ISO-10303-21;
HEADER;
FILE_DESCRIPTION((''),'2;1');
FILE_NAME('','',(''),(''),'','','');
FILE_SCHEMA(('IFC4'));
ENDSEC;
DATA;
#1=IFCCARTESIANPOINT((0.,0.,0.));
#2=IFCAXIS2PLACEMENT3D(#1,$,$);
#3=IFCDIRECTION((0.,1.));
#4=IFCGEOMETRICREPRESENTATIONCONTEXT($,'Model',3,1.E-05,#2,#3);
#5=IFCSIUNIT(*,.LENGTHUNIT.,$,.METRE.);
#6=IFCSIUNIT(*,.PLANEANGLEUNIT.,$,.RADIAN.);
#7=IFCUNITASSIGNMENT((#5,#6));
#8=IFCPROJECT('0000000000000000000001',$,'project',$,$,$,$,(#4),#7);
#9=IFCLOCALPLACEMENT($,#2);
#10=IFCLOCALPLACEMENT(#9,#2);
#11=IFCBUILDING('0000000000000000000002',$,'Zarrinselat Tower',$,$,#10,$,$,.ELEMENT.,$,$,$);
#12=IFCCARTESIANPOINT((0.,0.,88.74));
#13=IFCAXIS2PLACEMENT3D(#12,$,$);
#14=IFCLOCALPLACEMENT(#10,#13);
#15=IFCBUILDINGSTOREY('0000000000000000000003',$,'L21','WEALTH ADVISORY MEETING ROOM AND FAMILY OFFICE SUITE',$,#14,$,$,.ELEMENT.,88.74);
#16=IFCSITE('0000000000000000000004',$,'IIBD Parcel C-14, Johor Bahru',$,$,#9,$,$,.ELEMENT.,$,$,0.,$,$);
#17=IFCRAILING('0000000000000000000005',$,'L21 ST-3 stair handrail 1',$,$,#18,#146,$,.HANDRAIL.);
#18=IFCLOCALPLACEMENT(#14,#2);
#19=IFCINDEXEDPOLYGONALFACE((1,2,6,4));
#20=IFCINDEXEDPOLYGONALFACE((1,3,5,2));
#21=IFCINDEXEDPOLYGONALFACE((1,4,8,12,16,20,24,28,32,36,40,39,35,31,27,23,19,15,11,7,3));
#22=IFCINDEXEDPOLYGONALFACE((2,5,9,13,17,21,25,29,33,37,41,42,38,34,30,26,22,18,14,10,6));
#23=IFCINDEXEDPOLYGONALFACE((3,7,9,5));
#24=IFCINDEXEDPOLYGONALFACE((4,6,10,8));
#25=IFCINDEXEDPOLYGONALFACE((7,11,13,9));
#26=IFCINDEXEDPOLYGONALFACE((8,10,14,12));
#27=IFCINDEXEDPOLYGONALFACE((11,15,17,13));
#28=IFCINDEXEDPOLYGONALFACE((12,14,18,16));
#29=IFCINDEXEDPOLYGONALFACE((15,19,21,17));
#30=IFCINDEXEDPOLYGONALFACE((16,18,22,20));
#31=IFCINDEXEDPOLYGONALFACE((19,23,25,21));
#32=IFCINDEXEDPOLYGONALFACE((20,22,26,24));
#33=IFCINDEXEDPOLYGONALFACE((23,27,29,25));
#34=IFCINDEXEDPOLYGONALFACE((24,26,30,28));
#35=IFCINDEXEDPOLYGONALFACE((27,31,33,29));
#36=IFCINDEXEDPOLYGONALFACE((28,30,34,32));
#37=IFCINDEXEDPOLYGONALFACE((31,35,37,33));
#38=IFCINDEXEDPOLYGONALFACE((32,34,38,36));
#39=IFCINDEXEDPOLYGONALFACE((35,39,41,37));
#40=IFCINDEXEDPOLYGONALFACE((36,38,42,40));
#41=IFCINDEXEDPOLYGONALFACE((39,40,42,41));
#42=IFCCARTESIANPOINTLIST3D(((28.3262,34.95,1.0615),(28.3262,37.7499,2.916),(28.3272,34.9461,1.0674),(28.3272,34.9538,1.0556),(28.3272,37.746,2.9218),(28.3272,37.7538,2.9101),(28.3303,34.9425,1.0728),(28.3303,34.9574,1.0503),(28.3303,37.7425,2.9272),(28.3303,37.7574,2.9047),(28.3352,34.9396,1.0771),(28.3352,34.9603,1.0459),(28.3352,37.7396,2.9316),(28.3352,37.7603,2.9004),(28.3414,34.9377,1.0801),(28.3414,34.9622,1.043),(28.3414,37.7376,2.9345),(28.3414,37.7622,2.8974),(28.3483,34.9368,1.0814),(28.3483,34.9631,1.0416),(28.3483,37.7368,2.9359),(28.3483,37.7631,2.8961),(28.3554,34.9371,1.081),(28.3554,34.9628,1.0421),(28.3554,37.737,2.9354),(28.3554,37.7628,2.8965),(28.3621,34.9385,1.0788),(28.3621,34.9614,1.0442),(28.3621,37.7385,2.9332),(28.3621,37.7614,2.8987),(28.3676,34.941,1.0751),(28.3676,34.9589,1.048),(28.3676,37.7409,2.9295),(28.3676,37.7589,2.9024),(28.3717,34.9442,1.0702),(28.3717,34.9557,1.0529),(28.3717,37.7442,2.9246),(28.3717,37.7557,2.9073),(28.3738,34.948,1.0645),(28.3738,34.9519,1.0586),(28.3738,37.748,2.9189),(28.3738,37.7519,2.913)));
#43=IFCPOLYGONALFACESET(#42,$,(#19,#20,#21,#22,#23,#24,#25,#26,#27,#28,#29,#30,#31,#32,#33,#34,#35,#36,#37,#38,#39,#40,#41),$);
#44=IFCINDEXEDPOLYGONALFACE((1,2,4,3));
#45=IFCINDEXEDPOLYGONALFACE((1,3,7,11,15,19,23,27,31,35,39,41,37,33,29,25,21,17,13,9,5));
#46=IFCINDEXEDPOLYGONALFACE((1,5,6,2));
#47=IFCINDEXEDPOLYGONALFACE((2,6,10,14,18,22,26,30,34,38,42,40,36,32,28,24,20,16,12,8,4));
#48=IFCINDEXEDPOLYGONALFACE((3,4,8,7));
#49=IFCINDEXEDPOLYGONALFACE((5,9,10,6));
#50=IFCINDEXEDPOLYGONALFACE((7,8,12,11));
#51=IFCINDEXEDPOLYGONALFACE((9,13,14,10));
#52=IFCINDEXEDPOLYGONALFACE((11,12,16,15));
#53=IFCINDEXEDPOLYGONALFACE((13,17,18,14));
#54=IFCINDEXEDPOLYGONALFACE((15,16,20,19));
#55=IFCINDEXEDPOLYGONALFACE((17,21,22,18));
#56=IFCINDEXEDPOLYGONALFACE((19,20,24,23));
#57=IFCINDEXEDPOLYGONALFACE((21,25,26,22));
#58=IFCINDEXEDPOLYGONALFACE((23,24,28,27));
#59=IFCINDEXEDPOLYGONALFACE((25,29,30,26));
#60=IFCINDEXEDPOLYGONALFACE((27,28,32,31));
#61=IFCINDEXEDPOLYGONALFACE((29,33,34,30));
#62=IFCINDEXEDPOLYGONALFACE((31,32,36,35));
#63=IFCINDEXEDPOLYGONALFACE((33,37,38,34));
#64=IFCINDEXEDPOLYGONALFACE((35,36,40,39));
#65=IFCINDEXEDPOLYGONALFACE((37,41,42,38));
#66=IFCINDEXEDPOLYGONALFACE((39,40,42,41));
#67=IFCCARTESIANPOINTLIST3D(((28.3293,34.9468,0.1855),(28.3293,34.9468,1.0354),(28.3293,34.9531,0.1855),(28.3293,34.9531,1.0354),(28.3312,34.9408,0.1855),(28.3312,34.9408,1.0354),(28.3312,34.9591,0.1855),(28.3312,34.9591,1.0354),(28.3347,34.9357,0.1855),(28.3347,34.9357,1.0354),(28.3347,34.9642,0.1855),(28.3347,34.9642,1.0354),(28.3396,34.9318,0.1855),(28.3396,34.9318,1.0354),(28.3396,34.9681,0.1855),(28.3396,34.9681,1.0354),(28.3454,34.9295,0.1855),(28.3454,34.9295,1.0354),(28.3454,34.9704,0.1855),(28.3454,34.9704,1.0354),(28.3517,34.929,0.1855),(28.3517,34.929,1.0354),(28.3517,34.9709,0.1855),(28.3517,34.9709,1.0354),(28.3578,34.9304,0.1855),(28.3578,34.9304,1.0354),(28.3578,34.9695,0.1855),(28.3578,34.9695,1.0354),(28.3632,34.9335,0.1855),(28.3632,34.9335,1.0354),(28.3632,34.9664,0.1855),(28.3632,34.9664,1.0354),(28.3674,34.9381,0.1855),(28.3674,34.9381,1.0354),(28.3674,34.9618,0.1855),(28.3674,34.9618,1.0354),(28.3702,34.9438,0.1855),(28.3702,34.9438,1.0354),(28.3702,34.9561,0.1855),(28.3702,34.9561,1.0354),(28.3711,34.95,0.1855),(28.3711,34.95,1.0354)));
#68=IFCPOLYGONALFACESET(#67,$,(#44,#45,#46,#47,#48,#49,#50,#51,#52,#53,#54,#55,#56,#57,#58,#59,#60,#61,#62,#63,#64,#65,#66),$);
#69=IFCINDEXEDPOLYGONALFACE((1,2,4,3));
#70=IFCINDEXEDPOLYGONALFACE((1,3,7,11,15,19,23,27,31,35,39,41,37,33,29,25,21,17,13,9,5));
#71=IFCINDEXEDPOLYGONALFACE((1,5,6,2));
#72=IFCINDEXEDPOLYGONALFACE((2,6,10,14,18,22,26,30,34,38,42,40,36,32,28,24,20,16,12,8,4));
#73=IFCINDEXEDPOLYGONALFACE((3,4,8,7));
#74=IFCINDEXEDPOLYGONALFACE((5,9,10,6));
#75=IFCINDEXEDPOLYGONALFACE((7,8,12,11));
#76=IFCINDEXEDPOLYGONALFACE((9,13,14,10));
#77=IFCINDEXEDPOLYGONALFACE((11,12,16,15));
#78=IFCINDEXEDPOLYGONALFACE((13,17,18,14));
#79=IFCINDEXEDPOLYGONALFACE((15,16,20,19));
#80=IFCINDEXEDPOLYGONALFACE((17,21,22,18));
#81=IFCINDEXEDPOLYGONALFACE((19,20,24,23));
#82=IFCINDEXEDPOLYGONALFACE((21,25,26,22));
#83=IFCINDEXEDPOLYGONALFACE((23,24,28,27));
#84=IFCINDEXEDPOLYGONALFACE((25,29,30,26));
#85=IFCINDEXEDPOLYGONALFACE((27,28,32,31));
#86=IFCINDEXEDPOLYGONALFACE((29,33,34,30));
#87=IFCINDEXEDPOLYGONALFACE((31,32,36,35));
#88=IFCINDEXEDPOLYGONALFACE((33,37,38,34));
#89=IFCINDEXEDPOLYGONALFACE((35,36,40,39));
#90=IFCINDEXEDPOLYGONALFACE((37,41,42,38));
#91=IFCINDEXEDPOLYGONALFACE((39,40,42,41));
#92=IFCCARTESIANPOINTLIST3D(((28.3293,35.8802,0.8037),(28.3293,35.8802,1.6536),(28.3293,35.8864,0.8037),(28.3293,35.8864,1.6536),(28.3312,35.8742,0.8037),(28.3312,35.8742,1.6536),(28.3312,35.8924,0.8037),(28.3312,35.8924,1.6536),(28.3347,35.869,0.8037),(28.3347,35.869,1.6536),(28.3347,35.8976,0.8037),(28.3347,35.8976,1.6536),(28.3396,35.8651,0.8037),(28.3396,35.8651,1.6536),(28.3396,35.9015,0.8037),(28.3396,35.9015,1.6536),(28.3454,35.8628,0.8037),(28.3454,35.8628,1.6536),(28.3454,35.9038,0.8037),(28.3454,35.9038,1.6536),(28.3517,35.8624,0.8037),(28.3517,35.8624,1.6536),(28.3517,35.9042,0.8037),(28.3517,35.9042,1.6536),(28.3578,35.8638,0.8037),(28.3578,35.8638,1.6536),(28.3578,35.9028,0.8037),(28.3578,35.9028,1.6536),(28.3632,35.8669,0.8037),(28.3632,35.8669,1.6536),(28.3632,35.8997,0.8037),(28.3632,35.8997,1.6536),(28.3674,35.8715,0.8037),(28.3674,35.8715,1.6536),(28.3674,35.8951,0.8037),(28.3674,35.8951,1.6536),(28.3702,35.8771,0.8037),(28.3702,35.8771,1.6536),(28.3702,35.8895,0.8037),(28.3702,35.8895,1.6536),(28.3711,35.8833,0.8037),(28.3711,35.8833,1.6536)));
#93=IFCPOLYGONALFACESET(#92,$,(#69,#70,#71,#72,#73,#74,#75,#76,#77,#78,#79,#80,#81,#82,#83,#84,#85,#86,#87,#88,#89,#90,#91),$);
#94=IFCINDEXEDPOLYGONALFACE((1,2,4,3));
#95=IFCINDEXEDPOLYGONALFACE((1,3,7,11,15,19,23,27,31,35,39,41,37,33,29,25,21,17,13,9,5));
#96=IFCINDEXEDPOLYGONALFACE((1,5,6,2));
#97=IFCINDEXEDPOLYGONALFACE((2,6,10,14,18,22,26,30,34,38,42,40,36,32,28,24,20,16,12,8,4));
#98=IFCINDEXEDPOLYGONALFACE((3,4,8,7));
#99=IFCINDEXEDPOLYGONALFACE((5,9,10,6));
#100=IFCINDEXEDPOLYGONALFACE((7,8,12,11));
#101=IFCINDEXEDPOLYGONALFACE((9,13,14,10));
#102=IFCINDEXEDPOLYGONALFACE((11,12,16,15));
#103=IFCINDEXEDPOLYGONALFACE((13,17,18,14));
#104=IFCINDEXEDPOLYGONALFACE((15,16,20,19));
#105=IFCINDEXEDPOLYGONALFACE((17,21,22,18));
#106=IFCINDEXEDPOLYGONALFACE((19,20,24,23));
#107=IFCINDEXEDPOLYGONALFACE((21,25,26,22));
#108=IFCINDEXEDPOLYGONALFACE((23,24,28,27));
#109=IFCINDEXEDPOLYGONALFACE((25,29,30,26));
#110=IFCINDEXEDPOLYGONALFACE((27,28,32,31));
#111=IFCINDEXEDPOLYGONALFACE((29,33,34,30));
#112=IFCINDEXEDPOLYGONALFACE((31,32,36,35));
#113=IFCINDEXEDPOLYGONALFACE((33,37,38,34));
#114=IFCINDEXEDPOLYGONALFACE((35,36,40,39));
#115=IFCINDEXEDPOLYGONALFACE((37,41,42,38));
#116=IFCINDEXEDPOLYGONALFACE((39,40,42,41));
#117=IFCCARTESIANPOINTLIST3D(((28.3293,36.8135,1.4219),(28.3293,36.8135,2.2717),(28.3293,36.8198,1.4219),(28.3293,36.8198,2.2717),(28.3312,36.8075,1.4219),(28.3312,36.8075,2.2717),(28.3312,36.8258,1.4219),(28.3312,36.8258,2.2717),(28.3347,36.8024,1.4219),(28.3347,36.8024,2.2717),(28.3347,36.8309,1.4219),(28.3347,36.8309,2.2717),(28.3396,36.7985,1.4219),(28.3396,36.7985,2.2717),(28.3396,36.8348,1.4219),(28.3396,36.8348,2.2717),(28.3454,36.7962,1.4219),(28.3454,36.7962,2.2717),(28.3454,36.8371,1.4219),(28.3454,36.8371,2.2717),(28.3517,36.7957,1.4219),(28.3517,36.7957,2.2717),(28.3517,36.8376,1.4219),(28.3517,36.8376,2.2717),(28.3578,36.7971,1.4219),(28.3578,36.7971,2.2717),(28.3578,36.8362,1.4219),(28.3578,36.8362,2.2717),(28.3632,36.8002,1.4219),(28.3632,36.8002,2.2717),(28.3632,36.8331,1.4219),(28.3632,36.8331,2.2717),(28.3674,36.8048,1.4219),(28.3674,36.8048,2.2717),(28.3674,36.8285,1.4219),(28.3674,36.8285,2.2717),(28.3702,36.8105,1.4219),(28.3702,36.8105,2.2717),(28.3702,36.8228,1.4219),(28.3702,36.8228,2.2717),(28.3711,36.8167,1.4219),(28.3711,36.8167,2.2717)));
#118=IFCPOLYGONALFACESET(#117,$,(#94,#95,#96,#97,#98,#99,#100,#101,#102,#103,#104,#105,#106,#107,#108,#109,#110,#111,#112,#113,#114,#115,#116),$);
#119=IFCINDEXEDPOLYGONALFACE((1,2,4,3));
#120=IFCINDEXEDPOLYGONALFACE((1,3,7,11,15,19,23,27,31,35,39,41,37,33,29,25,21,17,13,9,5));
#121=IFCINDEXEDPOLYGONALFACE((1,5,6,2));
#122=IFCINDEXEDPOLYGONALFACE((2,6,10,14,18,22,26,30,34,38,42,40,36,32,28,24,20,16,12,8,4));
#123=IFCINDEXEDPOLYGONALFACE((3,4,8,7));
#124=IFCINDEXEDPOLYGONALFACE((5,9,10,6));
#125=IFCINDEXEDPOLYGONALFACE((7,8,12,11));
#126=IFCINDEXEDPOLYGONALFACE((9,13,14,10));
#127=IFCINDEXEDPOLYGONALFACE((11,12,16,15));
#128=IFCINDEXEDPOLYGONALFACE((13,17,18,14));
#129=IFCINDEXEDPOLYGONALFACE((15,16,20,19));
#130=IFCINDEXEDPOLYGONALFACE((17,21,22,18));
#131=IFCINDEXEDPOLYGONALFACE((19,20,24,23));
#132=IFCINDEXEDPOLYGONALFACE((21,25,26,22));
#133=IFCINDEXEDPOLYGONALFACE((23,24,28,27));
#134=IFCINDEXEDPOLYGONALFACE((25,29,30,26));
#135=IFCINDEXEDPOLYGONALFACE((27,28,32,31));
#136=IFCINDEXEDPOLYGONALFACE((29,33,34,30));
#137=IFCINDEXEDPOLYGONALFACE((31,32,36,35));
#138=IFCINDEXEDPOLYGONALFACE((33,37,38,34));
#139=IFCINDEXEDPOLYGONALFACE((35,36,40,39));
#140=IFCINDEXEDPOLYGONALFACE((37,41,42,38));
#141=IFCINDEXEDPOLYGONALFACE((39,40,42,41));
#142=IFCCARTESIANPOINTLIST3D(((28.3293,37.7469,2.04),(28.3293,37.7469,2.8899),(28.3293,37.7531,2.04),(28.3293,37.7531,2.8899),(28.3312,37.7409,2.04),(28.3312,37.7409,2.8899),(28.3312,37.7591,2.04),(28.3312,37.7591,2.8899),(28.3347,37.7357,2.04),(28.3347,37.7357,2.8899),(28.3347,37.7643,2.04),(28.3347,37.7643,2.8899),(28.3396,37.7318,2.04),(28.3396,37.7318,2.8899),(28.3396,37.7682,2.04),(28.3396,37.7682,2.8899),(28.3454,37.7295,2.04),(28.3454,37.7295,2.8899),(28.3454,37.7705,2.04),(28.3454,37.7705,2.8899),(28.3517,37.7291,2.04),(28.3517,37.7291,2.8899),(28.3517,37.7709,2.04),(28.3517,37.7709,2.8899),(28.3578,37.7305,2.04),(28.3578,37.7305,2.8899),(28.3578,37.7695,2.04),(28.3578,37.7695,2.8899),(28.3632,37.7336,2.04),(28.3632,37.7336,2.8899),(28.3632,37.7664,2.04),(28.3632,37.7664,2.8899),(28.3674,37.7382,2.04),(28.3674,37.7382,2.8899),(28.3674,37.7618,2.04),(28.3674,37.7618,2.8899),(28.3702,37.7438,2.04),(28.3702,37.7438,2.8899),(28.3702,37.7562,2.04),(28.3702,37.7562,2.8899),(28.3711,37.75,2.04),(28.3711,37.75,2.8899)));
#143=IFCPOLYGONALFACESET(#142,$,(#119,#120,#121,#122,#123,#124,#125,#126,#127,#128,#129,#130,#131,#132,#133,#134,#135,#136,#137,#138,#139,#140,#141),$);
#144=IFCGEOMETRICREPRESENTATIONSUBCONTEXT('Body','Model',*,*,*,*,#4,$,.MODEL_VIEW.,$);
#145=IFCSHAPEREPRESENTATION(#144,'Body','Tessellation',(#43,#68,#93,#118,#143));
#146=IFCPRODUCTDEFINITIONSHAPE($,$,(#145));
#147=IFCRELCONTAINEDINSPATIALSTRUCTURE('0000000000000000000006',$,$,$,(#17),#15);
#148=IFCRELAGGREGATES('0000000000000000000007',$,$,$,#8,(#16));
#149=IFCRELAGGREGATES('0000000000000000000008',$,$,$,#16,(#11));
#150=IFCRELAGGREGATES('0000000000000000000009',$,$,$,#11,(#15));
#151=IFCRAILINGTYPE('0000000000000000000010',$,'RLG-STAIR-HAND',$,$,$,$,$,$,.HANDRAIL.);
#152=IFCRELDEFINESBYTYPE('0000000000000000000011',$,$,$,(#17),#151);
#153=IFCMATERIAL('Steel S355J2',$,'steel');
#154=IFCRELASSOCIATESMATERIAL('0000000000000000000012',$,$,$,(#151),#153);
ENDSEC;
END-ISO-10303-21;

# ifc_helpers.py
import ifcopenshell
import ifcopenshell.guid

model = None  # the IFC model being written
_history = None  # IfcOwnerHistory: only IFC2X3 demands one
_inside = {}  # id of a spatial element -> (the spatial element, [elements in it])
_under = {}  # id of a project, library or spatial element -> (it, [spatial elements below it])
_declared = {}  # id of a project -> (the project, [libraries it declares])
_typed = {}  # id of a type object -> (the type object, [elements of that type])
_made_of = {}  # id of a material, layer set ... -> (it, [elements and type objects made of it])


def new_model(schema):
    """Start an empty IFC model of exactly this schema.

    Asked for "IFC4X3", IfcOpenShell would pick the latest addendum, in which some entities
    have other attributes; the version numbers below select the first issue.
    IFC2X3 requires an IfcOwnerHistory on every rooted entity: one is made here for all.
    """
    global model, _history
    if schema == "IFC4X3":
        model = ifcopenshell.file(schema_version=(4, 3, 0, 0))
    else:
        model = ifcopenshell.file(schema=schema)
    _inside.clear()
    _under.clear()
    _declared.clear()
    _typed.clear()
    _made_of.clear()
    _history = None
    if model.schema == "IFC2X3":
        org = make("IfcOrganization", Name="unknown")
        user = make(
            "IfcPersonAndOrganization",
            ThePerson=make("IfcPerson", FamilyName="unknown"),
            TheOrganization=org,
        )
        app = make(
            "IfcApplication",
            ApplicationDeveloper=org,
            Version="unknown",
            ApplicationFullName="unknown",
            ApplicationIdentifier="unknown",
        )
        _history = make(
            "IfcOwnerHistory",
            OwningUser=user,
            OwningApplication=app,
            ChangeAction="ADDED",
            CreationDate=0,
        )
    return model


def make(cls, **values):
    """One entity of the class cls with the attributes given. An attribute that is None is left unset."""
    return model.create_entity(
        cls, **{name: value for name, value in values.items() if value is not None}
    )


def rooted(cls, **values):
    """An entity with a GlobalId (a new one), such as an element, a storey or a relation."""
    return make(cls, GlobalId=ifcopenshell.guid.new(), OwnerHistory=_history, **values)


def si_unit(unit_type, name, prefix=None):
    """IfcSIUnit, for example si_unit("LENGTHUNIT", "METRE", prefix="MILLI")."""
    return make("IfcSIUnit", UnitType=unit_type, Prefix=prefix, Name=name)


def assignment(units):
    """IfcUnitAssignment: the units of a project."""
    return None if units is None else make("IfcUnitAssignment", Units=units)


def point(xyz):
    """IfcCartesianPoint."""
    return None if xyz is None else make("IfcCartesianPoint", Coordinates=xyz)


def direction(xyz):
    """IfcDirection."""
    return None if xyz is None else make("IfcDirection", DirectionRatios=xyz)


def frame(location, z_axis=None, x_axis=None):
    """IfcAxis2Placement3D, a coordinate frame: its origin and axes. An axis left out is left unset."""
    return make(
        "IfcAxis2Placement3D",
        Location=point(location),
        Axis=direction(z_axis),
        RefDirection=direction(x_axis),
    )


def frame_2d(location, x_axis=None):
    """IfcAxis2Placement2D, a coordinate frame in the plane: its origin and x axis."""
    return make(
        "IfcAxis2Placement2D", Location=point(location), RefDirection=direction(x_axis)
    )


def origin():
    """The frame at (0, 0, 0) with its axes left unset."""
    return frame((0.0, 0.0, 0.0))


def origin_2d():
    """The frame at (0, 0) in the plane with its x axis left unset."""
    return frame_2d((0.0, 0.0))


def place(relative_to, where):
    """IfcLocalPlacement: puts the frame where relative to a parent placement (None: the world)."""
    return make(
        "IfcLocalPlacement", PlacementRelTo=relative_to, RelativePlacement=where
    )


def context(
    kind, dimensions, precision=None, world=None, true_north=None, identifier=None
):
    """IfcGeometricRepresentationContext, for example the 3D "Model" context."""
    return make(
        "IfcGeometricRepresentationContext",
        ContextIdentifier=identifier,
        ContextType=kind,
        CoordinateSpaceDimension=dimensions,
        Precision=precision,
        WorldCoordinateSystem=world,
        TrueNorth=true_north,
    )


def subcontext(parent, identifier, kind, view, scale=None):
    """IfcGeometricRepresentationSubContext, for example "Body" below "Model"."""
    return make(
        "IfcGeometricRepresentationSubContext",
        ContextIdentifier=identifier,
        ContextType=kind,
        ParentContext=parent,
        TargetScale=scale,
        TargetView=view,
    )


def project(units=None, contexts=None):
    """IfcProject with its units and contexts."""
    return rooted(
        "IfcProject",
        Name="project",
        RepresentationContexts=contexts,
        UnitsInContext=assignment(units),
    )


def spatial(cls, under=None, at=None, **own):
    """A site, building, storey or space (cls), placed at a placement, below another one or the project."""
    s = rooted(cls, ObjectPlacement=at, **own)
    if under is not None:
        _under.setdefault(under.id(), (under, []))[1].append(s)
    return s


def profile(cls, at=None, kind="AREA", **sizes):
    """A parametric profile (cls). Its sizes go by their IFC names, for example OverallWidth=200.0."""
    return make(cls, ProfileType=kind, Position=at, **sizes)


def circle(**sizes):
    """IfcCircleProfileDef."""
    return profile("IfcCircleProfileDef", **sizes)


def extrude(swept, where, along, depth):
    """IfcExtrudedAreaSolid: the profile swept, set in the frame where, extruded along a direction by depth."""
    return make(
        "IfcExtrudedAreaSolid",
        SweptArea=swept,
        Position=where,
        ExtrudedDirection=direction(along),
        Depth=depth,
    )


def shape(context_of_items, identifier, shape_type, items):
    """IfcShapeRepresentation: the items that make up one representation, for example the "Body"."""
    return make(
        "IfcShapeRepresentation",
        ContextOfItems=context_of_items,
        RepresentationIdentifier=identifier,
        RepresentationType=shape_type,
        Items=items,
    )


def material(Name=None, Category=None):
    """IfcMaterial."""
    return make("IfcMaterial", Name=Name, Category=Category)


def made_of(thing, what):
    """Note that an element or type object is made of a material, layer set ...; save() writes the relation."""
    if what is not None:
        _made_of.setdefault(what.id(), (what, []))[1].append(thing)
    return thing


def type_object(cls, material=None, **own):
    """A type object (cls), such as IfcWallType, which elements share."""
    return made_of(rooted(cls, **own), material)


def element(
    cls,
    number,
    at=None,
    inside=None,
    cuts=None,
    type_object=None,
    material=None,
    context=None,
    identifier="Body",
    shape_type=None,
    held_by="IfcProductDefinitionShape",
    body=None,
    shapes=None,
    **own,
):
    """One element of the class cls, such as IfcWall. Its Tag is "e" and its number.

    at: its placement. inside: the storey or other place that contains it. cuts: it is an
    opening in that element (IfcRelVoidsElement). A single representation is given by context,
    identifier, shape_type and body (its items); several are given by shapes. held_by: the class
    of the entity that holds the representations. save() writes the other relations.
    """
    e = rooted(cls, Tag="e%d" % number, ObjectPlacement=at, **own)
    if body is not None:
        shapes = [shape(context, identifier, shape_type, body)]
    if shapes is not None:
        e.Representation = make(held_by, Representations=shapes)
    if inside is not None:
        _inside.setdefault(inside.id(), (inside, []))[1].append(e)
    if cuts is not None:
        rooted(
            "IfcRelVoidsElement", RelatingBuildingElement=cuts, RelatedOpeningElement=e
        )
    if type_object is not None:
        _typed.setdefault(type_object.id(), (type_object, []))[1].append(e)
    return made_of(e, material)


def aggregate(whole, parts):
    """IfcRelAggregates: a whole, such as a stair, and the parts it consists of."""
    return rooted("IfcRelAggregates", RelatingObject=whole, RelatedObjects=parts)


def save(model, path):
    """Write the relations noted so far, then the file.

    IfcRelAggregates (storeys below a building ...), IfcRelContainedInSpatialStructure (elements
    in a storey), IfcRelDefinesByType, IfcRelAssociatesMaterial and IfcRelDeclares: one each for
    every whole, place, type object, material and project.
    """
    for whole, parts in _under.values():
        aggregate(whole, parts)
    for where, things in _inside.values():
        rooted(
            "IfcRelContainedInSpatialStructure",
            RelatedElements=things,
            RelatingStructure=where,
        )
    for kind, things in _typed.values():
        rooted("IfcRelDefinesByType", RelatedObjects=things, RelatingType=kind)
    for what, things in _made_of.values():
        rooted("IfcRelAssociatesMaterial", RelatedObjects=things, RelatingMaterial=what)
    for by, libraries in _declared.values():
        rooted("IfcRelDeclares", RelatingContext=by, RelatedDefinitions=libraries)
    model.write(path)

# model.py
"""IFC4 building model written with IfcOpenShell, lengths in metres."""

from ifc_helpers import new_model, si_unit, direction, frame, origin, origin_2d, place, context, subcontext, project, spatial, circle, extrude, material, type_object, element, save


model = new_model("IFC4")

# Units and contexts
model_context = context("Model", 3, precision=1e-05, world=origin(), true_north=direction((0.0, 1.0)))
body_context = subcontext(model_context, "Body", "Model", "MODEL_VIEW")
ifc_project = project(units=[si_unit("LENGTHUNIT", "METRE"), si_unit("PLANEANGLEUNIT", "RADIAN")], contexts=[model_context])

# Site, building, storey
site_placement = place(None, origin())
site = spatial("IfcSite", under=ifc_project, at=site_placement, Name="IIBD Parcel C-14, Johor Bahru", CompositionType="ELEMENT", RefElevation=0.0)
building_placement = place(site_placement, origin())
building = spatial("IfcBuilding", under=site, at=building_placement, Name="Zarrinselat Tower", CompositionType="ELEMENT")
storey_placement = place(building_placement, frame((0.0, 0.0, 88.74)))
storey = spatial("IfcBuildingStorey", under=building, at=storey_placement, Name="L21", Description="WEALTH ADVISORY MEETING ROOM AND FAMILY OFFICE SUITE", CompositionType="ELEMENT", Elevation=88.74)

# Railing
ifc_material_1 = material(Name="Steel S355J2", Category="steel")
railing_type_1 = type_object("IfcRailingType", Name="RLG-STAIR-HAND", PredefinedType="HANDRAIL", material=ifc_material_1)
railing_1_placement = place(storey_placement, frame((28.3501, 34.95, 0.1855)))
element("IfcRailing", 1, at=railing_1_placement, inside=storey, type_object=railing_type_1, Name="L21 ST-3 stair handrail 1", PredefinedType="HANDRAIL", context=body_context, shape_type="SweptSolid", body=[
    extrude(circle(Radius=0.0239, at=origin_2d()), frame((0.0, 0.0, 0.876), z_axis=(0.0, 0.833724, 0.552181), x_axis=(-1.0, 0.0, 0.0)), (0.0, 0.0, 1.0), 3.3584),
    extrude(circle(Radius=0.021, at=origin_2d()), origin(), (0.0, 0.0, 1.0), 0.8499),
    extrude(circle(Radius=0.021, at=origin_2d()), frame((0.0, 0.9333, 0.6182)), (0.0, 0.0, 1.0), 0.8499),
    extrude(circle(Radius=0.021, at=origin_2d()), frame((0.0, 1.8667, 1.2363)), (0.0, 0.0, 1.0), 0.8499),
    extrude(circle(Radius=0.021, at=origin_2d()), frame((0.0, 2.8, 1.8545)), (0.0, 0.0, 1.0), 0.8499),
])

save(model, "model.ifc")
